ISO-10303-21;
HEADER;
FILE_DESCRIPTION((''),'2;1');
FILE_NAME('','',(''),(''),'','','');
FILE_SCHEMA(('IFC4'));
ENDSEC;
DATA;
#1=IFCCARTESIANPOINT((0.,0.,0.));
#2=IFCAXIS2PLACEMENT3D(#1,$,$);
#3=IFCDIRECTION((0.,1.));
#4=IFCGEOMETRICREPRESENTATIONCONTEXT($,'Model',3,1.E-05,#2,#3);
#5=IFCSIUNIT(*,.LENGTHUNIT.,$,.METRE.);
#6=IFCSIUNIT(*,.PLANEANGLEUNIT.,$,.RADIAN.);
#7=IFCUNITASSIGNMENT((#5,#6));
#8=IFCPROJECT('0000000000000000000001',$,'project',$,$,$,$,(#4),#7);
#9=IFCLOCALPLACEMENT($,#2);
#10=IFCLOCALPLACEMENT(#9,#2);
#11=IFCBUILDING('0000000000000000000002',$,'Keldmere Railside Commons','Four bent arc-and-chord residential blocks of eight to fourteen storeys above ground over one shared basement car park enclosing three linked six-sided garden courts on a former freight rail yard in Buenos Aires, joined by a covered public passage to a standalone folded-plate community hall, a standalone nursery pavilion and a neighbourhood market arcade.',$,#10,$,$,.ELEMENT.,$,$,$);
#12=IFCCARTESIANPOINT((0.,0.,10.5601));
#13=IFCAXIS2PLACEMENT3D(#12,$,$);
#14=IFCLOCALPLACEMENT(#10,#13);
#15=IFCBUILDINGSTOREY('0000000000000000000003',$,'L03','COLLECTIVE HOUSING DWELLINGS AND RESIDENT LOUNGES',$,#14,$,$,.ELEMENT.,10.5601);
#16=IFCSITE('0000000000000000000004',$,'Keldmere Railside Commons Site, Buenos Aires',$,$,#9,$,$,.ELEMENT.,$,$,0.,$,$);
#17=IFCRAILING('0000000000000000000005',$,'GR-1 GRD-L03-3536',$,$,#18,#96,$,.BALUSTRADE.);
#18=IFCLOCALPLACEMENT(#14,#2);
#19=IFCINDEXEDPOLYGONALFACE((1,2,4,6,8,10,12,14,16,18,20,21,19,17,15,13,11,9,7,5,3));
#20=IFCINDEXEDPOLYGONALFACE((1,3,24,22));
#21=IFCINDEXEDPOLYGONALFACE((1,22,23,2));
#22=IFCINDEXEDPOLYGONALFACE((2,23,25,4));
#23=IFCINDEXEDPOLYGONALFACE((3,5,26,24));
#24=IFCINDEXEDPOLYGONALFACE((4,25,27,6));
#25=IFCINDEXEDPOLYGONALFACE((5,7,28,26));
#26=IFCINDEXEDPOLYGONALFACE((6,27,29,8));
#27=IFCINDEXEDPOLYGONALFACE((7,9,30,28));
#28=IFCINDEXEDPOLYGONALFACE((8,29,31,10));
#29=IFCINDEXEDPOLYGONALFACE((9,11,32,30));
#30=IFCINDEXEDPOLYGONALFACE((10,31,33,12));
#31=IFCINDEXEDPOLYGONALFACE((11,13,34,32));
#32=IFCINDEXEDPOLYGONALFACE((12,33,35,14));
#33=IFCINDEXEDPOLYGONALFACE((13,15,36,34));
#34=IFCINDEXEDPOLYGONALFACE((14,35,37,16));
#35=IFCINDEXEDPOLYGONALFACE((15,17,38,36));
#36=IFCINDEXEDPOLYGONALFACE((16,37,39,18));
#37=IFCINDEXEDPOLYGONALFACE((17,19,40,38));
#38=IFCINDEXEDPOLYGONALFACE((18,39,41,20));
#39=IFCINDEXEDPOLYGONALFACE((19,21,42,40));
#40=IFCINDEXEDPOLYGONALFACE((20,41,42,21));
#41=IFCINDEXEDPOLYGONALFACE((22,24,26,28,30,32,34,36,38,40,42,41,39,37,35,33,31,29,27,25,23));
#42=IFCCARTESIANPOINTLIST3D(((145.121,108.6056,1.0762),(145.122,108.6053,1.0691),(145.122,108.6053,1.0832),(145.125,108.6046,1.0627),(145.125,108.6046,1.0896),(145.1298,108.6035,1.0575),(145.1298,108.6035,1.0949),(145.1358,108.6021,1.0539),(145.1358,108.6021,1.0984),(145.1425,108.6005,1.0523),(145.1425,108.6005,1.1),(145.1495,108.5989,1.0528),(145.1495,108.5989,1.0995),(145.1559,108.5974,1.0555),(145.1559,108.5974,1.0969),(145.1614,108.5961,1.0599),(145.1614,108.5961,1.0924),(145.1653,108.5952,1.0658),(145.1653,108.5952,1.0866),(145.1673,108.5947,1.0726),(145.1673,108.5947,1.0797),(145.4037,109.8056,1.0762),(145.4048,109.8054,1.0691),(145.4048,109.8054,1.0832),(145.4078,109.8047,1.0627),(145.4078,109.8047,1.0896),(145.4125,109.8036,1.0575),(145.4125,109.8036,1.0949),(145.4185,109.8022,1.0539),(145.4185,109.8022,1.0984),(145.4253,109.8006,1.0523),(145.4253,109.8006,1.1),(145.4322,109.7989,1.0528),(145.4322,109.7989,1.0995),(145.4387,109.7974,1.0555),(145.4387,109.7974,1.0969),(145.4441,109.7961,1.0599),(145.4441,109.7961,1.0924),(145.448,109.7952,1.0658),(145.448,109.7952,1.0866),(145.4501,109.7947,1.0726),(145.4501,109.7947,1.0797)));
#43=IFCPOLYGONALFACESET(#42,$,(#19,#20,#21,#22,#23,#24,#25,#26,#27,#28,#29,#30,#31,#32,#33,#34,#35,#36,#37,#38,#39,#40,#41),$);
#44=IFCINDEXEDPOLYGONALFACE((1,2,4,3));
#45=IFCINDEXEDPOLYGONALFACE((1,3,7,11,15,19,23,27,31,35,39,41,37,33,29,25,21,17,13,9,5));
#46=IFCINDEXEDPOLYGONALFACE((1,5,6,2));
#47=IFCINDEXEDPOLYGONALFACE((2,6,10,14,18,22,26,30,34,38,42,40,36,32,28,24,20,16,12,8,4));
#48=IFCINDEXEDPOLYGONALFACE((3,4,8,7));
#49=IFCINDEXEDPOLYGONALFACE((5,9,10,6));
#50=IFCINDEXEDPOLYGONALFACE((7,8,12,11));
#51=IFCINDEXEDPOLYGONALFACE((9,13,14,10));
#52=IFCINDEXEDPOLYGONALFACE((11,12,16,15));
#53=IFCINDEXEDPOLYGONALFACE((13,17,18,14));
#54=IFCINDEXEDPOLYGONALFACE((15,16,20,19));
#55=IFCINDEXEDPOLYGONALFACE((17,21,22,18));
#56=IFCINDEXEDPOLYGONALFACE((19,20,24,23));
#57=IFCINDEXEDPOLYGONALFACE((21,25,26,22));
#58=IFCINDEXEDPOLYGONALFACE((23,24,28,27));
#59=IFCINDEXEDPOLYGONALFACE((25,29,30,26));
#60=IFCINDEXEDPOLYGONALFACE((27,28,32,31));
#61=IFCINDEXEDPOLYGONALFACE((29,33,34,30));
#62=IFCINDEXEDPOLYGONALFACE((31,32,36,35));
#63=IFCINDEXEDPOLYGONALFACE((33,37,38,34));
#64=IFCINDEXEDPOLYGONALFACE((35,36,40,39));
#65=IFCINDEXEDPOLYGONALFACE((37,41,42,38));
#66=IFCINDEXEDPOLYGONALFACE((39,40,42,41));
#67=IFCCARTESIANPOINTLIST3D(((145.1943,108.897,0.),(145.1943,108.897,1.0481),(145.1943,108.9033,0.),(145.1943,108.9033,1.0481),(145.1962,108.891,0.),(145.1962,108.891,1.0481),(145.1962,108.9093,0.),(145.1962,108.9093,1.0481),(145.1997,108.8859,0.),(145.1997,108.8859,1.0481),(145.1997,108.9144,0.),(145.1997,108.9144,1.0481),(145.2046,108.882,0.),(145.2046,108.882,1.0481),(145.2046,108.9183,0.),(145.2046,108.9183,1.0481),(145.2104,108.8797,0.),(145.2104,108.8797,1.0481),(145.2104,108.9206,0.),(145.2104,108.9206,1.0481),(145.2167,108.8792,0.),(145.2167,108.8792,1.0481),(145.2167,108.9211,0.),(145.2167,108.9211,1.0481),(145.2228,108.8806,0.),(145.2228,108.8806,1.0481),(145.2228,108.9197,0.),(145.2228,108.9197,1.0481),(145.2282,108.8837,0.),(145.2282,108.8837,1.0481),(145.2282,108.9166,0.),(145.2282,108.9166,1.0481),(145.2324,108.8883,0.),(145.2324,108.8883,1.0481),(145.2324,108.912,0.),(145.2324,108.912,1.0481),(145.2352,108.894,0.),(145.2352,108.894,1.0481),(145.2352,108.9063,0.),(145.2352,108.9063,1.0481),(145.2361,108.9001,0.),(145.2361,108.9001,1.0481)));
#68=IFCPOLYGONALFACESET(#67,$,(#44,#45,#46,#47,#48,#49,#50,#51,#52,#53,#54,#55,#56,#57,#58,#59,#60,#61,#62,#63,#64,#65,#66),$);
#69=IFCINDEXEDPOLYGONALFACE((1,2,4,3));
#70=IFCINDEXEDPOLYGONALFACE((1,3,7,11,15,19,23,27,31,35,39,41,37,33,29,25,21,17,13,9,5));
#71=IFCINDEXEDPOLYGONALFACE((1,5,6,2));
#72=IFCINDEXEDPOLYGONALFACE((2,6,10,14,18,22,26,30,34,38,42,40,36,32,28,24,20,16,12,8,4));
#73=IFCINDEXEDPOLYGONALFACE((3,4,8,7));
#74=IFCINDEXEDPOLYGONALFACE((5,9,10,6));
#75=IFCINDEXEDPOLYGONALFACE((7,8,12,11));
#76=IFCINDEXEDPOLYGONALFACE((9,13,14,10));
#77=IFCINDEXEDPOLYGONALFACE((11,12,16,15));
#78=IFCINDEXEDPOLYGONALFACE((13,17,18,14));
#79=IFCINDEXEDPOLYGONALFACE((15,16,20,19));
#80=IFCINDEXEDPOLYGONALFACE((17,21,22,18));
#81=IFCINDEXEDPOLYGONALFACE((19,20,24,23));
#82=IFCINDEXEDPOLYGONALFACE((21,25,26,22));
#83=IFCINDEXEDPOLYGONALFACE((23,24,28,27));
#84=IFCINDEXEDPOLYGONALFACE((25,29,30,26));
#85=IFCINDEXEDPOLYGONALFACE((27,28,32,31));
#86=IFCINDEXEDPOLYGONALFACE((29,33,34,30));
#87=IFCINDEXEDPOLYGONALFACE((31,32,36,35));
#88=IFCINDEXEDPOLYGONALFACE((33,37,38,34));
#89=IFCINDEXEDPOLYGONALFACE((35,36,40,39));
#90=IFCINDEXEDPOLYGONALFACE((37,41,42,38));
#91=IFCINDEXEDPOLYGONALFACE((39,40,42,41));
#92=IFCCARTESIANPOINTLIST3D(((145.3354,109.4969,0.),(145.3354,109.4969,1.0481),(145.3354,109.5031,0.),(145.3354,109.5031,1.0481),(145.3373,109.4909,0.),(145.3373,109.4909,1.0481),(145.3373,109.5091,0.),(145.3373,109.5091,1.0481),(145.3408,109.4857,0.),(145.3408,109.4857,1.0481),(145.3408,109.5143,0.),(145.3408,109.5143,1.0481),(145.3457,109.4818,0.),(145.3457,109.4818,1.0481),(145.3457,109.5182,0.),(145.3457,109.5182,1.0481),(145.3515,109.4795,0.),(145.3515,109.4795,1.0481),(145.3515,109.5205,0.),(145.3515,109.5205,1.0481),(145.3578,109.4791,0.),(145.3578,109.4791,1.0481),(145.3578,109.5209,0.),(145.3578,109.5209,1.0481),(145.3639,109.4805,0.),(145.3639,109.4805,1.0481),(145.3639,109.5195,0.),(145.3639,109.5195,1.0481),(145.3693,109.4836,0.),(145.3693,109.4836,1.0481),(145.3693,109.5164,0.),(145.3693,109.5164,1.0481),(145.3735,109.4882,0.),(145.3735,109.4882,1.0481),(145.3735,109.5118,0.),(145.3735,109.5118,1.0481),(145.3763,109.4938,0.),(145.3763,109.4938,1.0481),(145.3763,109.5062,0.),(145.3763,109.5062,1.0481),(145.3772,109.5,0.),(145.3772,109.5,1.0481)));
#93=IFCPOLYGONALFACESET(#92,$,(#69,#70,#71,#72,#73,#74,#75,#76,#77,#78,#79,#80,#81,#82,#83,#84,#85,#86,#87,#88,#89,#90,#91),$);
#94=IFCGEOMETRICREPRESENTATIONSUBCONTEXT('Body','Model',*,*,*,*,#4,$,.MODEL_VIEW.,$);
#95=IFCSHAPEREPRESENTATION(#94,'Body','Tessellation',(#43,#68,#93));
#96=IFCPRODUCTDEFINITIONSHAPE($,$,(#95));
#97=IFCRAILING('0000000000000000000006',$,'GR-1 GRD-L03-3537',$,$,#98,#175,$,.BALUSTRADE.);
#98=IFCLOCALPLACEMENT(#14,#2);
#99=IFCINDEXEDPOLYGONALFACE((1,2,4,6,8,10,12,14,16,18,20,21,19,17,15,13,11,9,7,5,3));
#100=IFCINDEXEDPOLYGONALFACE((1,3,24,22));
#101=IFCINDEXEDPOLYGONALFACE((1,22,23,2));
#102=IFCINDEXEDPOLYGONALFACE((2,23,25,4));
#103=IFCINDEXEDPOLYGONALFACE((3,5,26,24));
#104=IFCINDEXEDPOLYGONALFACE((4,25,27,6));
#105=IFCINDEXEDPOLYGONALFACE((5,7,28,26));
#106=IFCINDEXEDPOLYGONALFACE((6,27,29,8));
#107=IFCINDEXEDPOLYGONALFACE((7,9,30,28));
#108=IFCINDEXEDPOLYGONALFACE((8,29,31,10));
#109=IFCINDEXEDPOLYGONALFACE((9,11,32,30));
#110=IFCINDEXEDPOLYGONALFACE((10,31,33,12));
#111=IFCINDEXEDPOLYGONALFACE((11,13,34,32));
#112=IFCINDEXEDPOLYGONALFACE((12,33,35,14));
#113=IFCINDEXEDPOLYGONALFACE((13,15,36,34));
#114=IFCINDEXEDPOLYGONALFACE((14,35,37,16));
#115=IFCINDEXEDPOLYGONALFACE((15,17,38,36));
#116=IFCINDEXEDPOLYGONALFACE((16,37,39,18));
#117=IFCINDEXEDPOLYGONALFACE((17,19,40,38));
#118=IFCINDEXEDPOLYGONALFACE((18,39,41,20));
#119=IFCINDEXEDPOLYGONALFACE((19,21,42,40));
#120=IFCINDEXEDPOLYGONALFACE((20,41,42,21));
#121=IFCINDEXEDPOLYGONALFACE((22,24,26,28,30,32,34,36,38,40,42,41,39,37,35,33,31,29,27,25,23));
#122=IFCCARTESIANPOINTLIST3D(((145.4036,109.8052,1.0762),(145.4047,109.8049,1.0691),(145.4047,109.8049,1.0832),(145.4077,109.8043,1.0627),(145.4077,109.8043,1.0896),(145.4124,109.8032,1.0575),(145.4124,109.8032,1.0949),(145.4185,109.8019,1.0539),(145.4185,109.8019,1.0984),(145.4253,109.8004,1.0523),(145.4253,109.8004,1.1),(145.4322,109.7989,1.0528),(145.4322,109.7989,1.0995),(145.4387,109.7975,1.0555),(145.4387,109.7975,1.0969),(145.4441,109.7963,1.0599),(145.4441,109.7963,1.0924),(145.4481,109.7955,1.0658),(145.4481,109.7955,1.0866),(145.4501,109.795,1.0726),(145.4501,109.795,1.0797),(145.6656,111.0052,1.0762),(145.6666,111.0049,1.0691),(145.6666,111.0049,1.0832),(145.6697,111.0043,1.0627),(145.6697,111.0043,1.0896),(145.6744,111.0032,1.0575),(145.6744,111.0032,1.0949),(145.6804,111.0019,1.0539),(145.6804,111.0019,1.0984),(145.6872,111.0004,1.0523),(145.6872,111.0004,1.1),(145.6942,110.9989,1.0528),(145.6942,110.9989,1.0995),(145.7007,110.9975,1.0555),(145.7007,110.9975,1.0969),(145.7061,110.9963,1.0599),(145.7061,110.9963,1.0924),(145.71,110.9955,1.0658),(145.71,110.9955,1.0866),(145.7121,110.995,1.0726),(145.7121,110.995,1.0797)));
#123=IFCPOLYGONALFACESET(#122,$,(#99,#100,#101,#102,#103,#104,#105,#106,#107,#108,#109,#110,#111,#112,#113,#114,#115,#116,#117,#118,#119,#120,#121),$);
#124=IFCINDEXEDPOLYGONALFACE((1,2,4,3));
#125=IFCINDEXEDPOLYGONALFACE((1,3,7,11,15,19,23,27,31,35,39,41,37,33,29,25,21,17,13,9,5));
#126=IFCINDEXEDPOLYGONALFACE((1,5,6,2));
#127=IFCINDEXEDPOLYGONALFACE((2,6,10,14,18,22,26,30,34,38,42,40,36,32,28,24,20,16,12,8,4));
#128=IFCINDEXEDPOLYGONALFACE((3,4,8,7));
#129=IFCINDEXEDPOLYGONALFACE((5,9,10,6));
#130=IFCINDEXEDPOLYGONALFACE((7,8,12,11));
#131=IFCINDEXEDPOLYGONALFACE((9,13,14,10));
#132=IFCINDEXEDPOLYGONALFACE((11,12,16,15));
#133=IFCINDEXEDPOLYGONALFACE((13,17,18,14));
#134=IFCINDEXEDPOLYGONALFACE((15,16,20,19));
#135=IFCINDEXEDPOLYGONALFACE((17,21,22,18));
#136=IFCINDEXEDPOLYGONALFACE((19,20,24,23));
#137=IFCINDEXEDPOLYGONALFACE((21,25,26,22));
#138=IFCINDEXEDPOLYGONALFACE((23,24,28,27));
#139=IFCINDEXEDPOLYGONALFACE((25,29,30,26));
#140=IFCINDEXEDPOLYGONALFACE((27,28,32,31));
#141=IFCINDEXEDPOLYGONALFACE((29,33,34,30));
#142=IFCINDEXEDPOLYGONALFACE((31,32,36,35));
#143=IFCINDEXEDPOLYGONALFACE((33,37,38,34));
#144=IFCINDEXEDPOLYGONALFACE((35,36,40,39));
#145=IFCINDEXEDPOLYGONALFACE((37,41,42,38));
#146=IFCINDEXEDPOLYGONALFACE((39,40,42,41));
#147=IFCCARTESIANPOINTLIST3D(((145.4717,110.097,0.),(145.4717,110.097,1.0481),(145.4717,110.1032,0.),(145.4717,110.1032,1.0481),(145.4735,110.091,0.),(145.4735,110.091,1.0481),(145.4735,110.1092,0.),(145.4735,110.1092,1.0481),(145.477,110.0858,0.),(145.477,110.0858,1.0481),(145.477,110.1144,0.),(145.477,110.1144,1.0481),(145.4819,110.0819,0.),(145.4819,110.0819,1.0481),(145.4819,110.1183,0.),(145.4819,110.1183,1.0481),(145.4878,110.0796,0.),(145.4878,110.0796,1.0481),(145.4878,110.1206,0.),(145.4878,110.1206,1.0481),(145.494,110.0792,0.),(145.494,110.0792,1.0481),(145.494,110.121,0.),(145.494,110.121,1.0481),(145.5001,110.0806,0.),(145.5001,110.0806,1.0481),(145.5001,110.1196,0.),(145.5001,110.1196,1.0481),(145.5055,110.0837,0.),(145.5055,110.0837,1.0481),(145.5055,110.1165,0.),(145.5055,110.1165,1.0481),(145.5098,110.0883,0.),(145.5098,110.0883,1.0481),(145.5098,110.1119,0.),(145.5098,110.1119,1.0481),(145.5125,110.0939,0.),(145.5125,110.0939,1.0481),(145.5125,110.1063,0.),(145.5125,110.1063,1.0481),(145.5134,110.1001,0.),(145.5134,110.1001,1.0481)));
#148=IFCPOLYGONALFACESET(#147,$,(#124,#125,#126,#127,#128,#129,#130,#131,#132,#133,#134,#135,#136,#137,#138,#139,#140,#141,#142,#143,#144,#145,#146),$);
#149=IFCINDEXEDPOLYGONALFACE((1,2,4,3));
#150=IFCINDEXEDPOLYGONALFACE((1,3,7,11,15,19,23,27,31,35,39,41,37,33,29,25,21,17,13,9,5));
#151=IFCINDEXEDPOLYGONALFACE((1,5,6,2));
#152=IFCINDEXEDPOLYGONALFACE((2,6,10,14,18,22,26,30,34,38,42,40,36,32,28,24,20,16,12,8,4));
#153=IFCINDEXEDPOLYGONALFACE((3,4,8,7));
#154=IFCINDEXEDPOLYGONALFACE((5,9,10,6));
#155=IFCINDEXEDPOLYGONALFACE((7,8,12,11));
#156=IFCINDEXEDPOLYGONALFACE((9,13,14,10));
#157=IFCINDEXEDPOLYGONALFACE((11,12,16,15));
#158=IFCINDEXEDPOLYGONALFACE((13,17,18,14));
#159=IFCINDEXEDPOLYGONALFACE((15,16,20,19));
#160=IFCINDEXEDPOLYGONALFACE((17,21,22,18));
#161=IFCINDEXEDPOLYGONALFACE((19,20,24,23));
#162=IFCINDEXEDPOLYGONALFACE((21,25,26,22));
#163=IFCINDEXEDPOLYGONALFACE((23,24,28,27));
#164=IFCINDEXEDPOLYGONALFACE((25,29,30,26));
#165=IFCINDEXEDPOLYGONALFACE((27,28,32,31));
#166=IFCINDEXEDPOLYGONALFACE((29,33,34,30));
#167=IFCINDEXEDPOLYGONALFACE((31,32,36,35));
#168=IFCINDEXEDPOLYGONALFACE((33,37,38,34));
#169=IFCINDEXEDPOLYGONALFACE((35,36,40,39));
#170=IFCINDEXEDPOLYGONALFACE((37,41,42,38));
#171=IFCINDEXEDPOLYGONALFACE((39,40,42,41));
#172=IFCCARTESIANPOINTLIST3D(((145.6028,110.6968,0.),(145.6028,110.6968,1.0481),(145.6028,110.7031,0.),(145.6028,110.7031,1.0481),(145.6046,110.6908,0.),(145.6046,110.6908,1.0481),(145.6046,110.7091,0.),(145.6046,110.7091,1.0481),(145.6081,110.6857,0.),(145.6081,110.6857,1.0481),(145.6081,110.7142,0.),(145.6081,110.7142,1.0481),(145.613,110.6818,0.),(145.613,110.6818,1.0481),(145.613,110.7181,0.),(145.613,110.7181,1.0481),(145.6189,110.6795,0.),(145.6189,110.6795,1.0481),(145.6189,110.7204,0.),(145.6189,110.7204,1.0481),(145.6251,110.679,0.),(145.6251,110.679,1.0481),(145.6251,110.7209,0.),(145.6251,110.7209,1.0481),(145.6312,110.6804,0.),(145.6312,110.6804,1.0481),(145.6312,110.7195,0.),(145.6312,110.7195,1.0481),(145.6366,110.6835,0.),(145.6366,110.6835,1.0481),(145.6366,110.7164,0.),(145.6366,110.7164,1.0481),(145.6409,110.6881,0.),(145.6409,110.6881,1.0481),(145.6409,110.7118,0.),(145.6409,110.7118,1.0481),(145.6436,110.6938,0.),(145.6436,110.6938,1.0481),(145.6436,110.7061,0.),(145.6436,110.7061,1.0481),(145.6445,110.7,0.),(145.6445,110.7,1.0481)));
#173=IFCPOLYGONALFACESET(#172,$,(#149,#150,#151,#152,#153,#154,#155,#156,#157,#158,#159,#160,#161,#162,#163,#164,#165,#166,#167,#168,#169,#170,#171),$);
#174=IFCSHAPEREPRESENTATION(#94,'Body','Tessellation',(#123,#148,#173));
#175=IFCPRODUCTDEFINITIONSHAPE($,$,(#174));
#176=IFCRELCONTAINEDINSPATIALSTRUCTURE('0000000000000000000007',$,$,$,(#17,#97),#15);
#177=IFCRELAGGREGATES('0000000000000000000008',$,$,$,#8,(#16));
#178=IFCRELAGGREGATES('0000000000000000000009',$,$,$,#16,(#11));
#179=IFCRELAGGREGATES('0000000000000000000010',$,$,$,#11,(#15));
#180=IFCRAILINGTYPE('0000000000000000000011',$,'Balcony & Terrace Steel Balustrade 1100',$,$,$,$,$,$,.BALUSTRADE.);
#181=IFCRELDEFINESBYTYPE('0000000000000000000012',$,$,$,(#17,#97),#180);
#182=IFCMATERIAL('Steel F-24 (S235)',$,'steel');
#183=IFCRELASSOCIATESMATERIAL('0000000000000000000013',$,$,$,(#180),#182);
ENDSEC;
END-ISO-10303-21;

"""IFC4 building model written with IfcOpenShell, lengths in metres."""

from ifc_helpers import new_model, si_unit, direction, frame, origin, origin_2d, place, context, subcontext, project, spatial, circle, extrude, material, type_object, element, save


model = new_model("IFC4")

# Units and contexts
model_context = context("Model", 3, precision=1e-05, world=origin(), true_north=direction((0.0, 1.0)))
body_context = subcontext(model_context, "Body", "Model", "MODEL_VIEW")
ifc_project = project(units=[si_unit("LENGTHUNIT", "METRE"), si_unit("PLANEANGLEUNIT", "RADIAN")], contexts=[model_context])

# Site, building, storey
site_placement = place(None, origin())
site = spatial("IfcSite", under=ifc_project, at=site_placement, Name="Keldmere Railside Commons Site, Buenos Aires", CompositionType="ELEMENT", RefElevation=0.0)
building_placement = place(site_placement, origin())
building = spatial("IfcBuilding", under=site, at=building_placement, Name="Keldmere Railside Commons", Description="Four bent arc-and-chord residential blocks of eight to fourteen storeys above ground over one shared basement car park enclosing three linked six-sided garden courts on a former freight rail yard in Buenos Aires, joined by a covered public passage to a standalone folded-plate community hall, a standalone nursery pavilion and a neighbourhood market arcade.", CompositionType="ELEMENT")
storey_placement = place(building_placement, frame((0.0, 0.0, 10.5601)))
storey = spatial("IfcBuildingStorey", under=building, at=storey_placement, Name="L03", Description="COLLECTIVE HOUSING DWELLINGS AND RESIDENT LOUNGES", CompositionType="ELEMENT", Elevation=10.5601)

# Shared definitions
ifc_material_1 = material(Name="Steel F-24 (S235)", Category="steel")

# Railings
railing_type = type_object("IfcRailingType", Name="Balcony & Terrace Steel Balustrade 1100", PredefinedType="BALUSTRADE", material=ifc_material_1)
railing_1_placement = place(storey_placement, frame((145.1443, 108.6001, 0.0)))
element("IfcRailing", 1, at=railing_1_placement, inside=storey, type_object=railing_type, Name="GR-1 GRD-L03-3536", PredefinedType="BALUSTRADE", context=body_context, shape_type="SweptSolid", body=[
    extrude(circle(Radius=0.0239, at=origin_2d()), frame((0.0, 0.0, 1.0762), z_axis=(0.229326, 0.97335, 0.0), x_axis=(-0.97335, 0.229326, 0.0)), (0.0, 0.0, 1.0), 1.2329),
    extrude(circle(Radius=0.021, at=origin_2d()), frame((0.0708, 0.3, 0.0)), (0.0, 0.0, 1.0), 1.0481),
    extrude(circle(Radius=0.021, at=origin_2d()), frame((0.2119, 0.8999, 0.0)), (0.0, 0.0, 1.0), 1.0481),
])
railing_2_placement = place(storey_placement, frame((145.427, 109.8, 0.0)))
element("IfcRailing", 2, at=railing_2_placement, inside=storey, type_object=railing_type, Name="GR-1 GRD-L03-3537", PredefinedType="BALUSTRADE", context=body_context, shape_type="SweptSolid", body=[
    extrude(circle(Radius=0.0239, at=origin_2d()), frame((0.0, 0.0, 1.0762), z_axis=(0.213288, 0.976989, 0.0), x_axis=(-0.976989, 0.213288, 0.0)), (0.0, 0.0, 1.0), 1.2283),
    extrude(circle(Radius=0.021, at=origin_2d()), frame((0.0654, 0.3, 0.0)), (0.0, 0.0, 1.0), 1.0481),
    extrude(circle(Radius=0.021, at=origin_2d()), frame((0.1965, 0.8999, 0.0)), (0.0, 0.0, 1.0), 1.0481),
])

save(model, "model.ifc")
